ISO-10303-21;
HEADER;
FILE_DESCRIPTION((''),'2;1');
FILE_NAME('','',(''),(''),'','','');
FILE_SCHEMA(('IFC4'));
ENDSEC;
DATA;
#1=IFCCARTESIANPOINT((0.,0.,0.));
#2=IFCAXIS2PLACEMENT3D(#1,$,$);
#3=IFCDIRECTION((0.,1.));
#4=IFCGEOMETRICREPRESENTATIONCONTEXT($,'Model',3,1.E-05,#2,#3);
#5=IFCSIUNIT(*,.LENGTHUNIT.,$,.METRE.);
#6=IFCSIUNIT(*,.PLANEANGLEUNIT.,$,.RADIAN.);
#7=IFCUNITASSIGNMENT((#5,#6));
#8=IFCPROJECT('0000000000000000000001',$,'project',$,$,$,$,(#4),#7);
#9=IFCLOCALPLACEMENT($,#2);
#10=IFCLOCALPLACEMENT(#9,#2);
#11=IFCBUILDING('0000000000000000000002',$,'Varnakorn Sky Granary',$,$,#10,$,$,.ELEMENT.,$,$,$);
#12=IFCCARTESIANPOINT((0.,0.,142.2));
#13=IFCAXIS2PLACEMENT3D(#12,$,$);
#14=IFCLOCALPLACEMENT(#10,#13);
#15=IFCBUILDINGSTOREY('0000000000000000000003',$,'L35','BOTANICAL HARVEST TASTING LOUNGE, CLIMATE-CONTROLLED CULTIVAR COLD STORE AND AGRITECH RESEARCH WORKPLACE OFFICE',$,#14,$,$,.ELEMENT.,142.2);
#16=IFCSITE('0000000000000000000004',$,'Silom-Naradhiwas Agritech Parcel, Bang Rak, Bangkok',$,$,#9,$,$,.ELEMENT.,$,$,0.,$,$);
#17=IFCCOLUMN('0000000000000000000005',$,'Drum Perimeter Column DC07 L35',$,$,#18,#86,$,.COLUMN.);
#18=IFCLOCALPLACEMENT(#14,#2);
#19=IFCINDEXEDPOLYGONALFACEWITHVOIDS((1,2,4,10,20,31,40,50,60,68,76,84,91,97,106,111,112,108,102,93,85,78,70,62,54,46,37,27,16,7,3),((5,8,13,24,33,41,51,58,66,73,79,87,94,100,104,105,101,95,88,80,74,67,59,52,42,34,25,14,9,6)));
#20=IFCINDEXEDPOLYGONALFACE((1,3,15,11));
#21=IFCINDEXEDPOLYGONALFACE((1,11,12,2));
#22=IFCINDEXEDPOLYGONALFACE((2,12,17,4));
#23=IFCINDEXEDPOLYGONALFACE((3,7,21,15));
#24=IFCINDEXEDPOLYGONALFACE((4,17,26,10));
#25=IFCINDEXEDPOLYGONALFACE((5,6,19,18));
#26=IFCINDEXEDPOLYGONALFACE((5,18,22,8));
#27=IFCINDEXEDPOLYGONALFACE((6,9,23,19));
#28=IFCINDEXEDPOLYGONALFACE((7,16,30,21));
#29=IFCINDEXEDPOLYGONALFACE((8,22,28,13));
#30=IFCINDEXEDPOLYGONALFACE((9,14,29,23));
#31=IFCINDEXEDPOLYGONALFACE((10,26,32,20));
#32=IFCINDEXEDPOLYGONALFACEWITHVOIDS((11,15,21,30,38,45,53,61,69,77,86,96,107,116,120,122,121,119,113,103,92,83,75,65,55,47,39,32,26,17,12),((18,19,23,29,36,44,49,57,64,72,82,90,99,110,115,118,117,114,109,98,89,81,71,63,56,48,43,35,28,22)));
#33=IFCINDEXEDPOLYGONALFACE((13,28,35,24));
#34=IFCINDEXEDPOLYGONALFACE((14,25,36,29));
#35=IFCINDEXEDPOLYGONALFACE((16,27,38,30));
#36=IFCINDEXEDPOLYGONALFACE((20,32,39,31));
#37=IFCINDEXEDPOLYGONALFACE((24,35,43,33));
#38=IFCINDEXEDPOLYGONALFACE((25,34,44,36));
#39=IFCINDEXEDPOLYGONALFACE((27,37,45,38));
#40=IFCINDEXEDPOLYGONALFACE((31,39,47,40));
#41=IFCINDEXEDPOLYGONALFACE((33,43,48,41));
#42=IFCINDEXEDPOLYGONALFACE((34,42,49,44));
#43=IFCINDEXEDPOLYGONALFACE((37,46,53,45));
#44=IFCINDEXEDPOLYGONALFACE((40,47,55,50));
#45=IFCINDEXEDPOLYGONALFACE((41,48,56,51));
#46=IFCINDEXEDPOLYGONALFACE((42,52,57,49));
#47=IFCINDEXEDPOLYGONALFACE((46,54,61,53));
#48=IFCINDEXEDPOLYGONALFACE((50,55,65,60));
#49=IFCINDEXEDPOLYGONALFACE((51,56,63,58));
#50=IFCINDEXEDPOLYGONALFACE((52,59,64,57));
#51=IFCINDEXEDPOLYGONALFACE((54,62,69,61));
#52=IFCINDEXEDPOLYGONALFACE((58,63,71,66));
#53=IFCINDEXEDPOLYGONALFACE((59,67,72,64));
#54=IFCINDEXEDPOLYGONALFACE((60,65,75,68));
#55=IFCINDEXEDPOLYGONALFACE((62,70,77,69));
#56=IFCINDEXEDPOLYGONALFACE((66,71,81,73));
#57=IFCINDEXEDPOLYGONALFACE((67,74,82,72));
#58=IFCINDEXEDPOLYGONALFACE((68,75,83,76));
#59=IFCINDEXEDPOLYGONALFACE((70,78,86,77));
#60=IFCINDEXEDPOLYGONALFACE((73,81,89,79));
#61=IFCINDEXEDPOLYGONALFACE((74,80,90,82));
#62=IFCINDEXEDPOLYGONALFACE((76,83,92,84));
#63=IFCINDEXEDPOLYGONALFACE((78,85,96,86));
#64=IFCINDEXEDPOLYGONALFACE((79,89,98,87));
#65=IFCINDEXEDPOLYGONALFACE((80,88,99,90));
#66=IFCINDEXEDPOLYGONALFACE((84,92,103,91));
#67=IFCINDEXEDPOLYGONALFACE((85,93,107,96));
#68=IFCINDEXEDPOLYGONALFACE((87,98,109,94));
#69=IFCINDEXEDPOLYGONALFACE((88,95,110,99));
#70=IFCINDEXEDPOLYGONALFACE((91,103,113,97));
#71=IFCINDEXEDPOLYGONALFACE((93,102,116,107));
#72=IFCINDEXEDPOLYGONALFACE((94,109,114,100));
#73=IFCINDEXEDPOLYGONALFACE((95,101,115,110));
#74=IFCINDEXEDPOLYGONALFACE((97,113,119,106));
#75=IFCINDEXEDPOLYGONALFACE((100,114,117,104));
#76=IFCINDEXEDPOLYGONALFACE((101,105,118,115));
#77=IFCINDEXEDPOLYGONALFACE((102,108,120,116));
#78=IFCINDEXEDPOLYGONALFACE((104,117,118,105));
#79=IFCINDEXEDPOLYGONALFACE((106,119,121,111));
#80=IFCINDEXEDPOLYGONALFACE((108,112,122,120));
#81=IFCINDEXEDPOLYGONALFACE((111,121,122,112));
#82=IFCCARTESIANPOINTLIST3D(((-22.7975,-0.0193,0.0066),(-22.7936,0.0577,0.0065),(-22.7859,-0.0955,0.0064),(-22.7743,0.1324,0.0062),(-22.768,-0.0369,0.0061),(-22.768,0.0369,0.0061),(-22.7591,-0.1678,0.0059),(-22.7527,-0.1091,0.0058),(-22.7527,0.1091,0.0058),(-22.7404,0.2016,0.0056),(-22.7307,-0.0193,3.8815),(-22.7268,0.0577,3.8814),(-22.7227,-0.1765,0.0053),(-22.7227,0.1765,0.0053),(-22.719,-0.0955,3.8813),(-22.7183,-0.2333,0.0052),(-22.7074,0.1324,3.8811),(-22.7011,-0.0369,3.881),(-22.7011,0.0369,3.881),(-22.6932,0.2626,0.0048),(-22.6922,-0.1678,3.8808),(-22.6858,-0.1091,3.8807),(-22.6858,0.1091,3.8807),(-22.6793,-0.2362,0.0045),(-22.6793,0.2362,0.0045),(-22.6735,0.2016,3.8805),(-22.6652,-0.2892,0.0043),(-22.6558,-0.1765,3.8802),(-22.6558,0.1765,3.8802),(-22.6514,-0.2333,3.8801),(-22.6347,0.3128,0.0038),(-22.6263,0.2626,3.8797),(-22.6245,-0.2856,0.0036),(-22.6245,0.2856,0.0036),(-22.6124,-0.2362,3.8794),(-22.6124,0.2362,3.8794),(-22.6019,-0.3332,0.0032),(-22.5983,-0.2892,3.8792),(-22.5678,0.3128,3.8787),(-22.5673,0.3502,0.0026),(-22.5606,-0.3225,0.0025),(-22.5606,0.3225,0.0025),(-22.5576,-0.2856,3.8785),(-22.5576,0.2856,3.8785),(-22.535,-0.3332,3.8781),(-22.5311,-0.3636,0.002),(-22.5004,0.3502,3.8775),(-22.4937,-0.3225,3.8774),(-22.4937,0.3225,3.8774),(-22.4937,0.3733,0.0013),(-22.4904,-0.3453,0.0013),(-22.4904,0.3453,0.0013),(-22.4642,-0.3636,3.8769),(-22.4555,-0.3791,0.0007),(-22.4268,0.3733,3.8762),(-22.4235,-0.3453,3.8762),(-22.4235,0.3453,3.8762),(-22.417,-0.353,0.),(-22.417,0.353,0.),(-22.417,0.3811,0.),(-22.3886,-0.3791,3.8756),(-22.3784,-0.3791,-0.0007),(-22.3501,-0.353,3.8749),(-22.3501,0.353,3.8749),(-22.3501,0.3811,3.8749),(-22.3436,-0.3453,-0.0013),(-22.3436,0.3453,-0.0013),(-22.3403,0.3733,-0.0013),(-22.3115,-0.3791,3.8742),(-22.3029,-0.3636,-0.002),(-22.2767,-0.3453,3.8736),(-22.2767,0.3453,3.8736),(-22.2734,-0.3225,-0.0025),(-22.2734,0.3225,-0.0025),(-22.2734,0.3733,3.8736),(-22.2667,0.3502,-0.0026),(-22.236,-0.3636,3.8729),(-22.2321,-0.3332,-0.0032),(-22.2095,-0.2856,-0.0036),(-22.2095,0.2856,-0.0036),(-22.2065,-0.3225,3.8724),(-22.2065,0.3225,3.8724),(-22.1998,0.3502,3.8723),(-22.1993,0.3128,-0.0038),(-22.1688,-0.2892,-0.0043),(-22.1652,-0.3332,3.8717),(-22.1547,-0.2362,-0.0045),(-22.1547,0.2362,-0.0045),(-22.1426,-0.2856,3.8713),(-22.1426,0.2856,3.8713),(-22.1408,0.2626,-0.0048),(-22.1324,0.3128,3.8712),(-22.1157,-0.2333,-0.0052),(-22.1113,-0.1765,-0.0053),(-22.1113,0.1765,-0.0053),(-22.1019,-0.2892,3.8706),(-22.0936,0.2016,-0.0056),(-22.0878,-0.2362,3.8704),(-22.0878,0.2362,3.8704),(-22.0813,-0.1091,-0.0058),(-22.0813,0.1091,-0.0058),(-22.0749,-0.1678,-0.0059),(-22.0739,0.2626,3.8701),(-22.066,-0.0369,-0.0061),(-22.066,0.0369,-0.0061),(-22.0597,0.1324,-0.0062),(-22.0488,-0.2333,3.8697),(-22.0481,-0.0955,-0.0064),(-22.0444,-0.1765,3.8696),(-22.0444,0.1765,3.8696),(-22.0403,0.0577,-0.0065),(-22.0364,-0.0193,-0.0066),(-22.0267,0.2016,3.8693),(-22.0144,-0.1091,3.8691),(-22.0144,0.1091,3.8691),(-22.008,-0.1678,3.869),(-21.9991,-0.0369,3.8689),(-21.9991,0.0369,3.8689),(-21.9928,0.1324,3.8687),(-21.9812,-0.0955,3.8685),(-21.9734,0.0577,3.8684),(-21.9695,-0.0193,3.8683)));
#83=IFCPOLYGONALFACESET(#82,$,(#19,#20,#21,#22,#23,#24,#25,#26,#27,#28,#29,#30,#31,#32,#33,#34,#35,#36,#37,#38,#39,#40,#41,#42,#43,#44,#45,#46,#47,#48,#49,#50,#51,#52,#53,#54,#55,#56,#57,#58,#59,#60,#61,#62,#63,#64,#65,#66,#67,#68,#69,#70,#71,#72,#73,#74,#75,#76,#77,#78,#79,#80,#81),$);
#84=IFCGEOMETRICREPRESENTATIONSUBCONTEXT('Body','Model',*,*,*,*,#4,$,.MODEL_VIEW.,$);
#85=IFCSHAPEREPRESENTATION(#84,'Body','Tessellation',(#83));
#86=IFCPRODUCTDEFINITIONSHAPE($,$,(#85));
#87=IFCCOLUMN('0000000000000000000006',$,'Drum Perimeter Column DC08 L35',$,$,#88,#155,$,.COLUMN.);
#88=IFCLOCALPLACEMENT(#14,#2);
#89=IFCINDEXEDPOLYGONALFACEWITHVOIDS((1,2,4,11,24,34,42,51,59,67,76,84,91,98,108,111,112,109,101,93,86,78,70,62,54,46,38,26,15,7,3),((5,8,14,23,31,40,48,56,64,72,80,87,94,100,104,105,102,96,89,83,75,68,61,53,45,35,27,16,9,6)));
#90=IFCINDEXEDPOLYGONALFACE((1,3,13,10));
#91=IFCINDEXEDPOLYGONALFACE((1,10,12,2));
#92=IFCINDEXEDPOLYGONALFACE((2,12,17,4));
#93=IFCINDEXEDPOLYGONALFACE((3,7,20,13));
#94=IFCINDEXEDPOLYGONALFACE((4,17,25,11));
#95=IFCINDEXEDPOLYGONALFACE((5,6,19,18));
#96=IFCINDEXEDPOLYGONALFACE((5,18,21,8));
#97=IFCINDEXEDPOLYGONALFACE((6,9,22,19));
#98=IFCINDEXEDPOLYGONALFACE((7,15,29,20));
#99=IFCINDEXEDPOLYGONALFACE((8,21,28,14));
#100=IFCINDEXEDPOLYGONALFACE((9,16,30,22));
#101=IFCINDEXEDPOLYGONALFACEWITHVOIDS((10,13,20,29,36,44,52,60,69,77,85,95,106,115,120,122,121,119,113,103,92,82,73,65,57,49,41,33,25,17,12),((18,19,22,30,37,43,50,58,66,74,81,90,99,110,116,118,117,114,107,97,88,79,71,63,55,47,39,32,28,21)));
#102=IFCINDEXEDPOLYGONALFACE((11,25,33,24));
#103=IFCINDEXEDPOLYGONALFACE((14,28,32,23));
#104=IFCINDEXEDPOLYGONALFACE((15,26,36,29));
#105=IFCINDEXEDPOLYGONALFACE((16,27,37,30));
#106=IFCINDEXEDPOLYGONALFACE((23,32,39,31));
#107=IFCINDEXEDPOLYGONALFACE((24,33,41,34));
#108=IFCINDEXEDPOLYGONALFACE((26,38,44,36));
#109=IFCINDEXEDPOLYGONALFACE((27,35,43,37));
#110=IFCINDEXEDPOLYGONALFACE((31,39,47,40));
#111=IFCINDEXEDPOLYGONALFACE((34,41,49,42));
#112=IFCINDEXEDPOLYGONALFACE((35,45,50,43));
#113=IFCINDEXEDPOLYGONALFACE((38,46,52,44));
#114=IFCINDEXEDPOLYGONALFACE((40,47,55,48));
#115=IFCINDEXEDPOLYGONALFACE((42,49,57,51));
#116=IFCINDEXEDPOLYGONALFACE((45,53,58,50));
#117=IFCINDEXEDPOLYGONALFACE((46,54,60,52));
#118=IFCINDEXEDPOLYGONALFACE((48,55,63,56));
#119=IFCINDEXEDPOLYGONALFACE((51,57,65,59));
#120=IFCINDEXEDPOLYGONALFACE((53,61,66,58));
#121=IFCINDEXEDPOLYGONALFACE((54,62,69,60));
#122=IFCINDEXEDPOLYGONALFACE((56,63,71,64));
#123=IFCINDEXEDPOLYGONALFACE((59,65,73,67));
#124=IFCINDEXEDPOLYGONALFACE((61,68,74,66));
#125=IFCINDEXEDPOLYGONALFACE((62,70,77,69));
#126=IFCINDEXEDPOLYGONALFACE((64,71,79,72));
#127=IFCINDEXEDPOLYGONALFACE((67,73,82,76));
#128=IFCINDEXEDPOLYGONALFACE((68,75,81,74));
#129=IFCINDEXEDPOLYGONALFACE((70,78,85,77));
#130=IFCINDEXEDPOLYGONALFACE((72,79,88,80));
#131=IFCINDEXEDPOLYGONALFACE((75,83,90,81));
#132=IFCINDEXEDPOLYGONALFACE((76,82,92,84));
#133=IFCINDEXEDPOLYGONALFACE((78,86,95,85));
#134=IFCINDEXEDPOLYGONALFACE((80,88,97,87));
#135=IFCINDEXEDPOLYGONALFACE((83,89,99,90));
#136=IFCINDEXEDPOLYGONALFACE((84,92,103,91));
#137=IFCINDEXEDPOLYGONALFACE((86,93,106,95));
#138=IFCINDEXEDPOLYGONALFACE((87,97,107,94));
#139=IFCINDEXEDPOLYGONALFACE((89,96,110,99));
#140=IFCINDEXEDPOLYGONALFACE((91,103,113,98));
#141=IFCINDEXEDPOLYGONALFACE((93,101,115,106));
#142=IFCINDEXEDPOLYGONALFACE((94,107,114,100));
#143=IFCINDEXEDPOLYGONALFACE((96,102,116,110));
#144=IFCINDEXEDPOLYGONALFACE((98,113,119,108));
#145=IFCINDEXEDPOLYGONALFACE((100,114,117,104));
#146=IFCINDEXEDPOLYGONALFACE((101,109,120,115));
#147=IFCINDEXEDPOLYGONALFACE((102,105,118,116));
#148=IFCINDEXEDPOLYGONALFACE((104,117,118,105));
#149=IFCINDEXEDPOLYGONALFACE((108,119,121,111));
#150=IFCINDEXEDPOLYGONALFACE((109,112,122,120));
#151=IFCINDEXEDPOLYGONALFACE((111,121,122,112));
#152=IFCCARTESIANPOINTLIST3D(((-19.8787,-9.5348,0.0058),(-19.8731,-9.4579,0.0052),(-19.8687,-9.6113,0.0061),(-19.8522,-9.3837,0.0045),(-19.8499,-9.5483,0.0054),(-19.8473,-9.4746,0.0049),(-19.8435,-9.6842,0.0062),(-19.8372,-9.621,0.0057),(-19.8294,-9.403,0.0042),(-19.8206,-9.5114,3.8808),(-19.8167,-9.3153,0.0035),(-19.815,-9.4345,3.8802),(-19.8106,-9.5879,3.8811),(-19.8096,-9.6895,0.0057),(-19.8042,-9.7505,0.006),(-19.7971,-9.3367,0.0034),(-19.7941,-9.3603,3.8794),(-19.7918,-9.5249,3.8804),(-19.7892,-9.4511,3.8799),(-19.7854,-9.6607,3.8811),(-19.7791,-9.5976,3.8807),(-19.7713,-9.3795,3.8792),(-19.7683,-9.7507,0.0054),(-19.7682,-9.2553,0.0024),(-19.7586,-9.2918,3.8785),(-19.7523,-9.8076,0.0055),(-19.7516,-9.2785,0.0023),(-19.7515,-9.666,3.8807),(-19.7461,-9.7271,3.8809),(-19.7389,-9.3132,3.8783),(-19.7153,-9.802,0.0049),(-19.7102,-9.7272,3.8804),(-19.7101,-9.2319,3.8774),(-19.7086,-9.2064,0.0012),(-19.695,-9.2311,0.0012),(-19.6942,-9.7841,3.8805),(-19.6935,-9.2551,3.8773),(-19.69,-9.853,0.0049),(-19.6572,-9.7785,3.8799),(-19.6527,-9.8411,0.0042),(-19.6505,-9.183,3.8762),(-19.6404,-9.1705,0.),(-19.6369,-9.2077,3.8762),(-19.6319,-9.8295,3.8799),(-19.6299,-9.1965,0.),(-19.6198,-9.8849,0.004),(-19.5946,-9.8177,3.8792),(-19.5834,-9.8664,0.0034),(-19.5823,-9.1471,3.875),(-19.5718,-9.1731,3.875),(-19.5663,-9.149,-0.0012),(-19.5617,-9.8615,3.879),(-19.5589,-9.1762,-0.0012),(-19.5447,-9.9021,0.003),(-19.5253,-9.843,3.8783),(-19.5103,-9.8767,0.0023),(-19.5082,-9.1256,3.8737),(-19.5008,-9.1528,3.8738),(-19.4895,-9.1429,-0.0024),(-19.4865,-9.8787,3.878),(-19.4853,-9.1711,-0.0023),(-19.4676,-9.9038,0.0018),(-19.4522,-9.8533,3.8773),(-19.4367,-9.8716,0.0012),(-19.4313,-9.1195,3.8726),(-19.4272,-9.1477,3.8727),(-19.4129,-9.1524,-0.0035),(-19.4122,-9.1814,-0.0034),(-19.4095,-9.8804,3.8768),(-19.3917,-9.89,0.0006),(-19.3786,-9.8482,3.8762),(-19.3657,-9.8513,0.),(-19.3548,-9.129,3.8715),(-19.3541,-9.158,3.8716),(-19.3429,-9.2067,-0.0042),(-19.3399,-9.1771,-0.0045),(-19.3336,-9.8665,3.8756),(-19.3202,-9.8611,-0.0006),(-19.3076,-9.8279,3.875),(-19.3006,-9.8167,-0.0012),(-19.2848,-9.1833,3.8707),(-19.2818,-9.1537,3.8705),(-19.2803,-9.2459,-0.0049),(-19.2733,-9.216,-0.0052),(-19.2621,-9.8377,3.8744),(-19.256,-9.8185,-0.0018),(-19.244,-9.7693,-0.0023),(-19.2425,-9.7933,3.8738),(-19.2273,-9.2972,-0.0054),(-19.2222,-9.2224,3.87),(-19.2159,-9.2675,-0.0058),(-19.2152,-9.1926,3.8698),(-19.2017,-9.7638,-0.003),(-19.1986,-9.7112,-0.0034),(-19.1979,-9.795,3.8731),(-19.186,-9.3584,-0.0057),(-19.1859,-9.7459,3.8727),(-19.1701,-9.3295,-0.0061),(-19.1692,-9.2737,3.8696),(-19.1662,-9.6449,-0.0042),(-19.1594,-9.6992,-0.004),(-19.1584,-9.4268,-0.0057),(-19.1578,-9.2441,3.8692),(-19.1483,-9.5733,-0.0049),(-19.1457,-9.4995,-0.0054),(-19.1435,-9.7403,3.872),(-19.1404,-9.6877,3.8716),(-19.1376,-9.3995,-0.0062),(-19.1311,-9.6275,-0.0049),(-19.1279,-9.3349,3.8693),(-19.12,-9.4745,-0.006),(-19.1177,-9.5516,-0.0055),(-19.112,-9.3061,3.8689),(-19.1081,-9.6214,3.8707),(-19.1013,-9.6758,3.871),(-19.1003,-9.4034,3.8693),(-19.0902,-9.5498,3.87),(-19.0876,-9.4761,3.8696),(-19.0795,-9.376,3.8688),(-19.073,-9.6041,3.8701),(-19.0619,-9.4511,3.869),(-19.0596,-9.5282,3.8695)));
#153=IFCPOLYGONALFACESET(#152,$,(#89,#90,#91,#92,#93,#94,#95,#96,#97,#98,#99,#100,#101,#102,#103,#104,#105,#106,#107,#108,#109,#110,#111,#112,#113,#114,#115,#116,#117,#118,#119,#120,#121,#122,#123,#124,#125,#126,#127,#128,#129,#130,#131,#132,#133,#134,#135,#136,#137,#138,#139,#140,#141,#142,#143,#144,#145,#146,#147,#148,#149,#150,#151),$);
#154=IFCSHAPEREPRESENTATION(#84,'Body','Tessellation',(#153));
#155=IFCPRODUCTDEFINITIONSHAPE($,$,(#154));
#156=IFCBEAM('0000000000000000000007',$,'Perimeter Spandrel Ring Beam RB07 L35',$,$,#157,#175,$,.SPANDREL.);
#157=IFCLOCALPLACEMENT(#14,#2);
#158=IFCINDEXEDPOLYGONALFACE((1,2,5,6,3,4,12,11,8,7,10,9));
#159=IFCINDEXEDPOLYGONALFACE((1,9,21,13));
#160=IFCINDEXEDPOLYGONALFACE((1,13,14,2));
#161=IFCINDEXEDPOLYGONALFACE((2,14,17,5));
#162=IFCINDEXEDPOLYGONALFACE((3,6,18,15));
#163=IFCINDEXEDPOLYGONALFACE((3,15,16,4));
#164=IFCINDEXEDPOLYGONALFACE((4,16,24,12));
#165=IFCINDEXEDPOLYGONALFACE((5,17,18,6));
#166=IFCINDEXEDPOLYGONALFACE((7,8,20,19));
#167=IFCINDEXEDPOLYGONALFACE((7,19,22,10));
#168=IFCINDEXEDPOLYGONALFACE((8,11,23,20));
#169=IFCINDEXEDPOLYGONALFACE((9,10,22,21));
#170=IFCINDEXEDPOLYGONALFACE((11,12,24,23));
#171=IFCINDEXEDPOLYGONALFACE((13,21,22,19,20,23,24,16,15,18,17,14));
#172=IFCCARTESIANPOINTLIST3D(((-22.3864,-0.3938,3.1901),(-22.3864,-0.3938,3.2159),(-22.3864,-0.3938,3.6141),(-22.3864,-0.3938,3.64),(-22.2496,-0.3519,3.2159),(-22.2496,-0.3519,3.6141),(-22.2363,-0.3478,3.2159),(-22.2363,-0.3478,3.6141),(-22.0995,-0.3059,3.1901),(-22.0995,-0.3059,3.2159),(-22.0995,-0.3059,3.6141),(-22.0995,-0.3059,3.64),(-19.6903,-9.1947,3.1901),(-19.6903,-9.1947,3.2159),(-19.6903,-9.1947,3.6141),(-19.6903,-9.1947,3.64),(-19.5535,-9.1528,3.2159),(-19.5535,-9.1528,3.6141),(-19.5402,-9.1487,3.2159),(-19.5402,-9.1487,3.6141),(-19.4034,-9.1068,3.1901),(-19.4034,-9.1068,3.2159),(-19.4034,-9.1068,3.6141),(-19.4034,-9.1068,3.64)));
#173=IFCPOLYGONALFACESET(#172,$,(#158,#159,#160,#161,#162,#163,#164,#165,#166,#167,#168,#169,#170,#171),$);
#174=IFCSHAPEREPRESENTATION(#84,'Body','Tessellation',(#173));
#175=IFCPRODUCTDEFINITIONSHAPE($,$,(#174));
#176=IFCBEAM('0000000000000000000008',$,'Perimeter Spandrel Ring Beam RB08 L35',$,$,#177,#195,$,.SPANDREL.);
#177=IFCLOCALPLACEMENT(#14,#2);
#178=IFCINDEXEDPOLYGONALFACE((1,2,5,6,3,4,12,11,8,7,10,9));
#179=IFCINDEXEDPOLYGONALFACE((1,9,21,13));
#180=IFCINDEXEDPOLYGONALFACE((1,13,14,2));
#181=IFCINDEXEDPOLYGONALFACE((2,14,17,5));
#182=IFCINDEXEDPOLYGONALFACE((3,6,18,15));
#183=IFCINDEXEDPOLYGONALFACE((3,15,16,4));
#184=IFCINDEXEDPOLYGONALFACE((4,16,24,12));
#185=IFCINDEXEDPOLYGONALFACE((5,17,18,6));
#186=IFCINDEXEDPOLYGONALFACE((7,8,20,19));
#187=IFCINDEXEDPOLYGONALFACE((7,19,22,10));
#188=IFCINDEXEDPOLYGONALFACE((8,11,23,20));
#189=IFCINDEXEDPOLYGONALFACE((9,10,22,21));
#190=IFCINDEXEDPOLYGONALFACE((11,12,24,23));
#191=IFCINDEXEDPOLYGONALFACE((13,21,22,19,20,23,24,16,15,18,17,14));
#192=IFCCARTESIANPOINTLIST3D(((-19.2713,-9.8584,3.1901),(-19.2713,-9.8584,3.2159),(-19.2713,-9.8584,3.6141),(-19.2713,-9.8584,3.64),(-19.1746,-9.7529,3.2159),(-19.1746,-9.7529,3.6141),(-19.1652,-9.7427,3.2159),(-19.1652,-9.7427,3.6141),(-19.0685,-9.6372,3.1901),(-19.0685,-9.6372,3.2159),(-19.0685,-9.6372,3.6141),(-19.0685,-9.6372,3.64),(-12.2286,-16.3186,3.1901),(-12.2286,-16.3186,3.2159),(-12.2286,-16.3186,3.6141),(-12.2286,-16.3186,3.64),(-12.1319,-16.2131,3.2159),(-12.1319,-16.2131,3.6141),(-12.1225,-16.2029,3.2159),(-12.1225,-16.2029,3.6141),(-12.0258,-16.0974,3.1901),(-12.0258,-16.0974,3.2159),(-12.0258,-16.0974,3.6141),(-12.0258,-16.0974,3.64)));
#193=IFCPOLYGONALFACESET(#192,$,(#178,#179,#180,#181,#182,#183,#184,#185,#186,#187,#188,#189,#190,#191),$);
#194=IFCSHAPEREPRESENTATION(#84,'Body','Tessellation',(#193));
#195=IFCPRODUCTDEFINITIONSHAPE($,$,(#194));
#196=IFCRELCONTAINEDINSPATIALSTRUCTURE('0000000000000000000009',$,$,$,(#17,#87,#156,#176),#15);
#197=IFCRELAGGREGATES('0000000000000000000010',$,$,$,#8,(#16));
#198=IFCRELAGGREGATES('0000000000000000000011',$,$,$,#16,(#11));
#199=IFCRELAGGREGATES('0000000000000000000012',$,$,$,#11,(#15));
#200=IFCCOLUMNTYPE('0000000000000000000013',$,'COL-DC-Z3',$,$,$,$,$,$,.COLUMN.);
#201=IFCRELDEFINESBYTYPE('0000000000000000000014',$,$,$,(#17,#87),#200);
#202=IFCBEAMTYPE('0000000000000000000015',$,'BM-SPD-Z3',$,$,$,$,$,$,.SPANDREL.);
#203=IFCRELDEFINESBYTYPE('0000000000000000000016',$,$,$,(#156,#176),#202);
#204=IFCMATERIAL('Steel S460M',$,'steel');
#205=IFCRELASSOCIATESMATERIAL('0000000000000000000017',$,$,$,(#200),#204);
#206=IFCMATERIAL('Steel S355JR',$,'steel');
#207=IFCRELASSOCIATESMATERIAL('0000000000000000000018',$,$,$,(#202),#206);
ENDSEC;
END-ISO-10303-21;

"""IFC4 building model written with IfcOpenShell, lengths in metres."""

from ifc_helpers import new_model, si_unit, direction, frame, origin, origin_2d, place, context, subcontext, project, spatial, hollow_circle, i_section, extrude, material, material_profile, profile_set, type_object, element, save


model = new_model("IFC4")

# Units and contexts
model_context = context("Model", 3, precision=1e-05, world=origin(), true_north=direction((0.0, 1.0)))
body_context = subcontext(model_context, "Body", "Model", "MODEL_VIEW")
ifc_project = project(units=[si_unit("LENGTHUNIT", "METRE"), si_unit("PLANEANGLEUNIT", "RADIAN")], contexts=[model_context])

# Site, building, storey
site_placement = place(None, origin())
site = spatial("IfcSite", under=ifc_project, at=site_placement, Name="Silom-Naradhiwas Agritech Parcel, Bang Rak, Bangkok", CompositionType="ELEMENT", RefElevation=0.0)
building_placement = place(site_placement, origin())
building = spatial("IfcBuilding", under=site, at=building_placement, Name="Varnakorn Sky Granary", CompositionType="ELEMENT")
storey_placement = place(building_placement, frame((0.0, 0.0, 142.2)))
storey = spatial("IfcBuildingStorey", under=building, at=storey_placement, Name="L35", Description="BOTANICAL HARVEST TASTING LOUNGE, CLIMATE-CONTROLLED CULTIVAR COLD STORE AND AGRITECH RESEARCH WORKPLACE OFFICE", CompositionType="ELEMENT", Elevation=142.2)

# Columns
ifc_material_1 = material(Name="Steel S460M", Category="steel")
ifc_material_profile_1 = material_profile(ifc_material_1, hollow_circle(Radius=0.3811, WallThickness=0.0281, at=origin_2d()), Name="CHS 762x28")
ifc_profile_set_1 = profile_set([ifc_material_profile_1], Name="Steel S460M")
column_type = type_object("IfcColumnType", Name="COL-DC-Z3", PredefinedType="COLUMN", material=ifc_profile_set_1)
for number, where, z_axis, x_axis, name in (
    (1, (-22.417, 0.0, 0.0), (0.017261, 0.0, 0.999851), (0.0, 1.0, 0.0), "Drum Perimeter Column DC07 L35"),
    (2, (-19.4978, -9.5239, 0.0), (0.014993, 0.006048, 0.999869), (-0.374076, 0.927398, 0.0), "Drum Perimeter Column DC08 L35"),
):
    element("IfcColumn", number, at=place(storey_placement, frame(where, z_axis=z_axis, x_axis=x_axis)), inside=storey, type_object=column_type, Name=name, PredefinedType="COLUMN", context=body_context, shape_type="SweptSolid", body=[
        extrude(hollow_circle(Radius=0.3811, WallThickness=0.0281, at=origin_2d()), origin(), (0.0, 0.0, 1.0), 3.8755),
    ])

# Beams
ifc_material_2 = material(Name="Steel S355JR", Category="steel")
ifc_material_profile_2 = material_profile(ifc_material_2, i_section(OverallWidth=0.3, OverallDepth=0.45, WebThickness=0.0139, FlangeThickness=0.0259, at=origin_2d()), Name="HE 450 B")
ifc_profile_set_2 = profile_set([ifc_material_profile_2], Name="Steel S355JR")
beam_type = type_object("IfcBeamType", Name="BM-SPD-Z3", PredefinedType="SPANDREL", material=ifc_profile_set_2)
beam_1_placement = place(storey_placement, frame((-22.2429, -0.3499, 3.415), z_axis=(0.292906, -0.956141, 0.0), x_axis=(0.956141, 0.292906, 0.0)))
element("IfcBeam", 3, at=beam_1_placement, inside=storey, type_object=beam_type, Name="Perimeter Spandrel Ring Beam RB07 L35", PredefinedType="SPANDREL", context=body_context, shape_type="SweptSolid", body=[
    extrude(i_section(OverallWidth=0.3, OverallDepth=0.45, WebThickness=0.0139, FlangeThickness=0.0259, at=origin_2d()), origin(), (0.0, 0.0, 1.0), 9.2046),
])
beam_2_placement = place(storey_placement, frame((-19.1699, -9.7478, 3.415), z_axis=(0.736926, -0.675973, 0.0), x_axis=(0.675973, 0.736926, 0.0)))
element("IfcBeam", 4, at=beam_2_placement, inside=storey, type_object=beam_type, Name="Perimeter Spandrel Ring Beam RB08 L35", PredefinedType="SPANDREL", context=body_context, shape_type="SweptSolid", body=[
    extrude(i_section(OverallWidth=0.3, OverallDepth=0.45, WebThickness=0.0139, FlangeThickness=0.0259, at=origin_2d()), origin(), (0.0, 0.0, 1.0), 9.5569),
])

save(model, "model.ifc")
